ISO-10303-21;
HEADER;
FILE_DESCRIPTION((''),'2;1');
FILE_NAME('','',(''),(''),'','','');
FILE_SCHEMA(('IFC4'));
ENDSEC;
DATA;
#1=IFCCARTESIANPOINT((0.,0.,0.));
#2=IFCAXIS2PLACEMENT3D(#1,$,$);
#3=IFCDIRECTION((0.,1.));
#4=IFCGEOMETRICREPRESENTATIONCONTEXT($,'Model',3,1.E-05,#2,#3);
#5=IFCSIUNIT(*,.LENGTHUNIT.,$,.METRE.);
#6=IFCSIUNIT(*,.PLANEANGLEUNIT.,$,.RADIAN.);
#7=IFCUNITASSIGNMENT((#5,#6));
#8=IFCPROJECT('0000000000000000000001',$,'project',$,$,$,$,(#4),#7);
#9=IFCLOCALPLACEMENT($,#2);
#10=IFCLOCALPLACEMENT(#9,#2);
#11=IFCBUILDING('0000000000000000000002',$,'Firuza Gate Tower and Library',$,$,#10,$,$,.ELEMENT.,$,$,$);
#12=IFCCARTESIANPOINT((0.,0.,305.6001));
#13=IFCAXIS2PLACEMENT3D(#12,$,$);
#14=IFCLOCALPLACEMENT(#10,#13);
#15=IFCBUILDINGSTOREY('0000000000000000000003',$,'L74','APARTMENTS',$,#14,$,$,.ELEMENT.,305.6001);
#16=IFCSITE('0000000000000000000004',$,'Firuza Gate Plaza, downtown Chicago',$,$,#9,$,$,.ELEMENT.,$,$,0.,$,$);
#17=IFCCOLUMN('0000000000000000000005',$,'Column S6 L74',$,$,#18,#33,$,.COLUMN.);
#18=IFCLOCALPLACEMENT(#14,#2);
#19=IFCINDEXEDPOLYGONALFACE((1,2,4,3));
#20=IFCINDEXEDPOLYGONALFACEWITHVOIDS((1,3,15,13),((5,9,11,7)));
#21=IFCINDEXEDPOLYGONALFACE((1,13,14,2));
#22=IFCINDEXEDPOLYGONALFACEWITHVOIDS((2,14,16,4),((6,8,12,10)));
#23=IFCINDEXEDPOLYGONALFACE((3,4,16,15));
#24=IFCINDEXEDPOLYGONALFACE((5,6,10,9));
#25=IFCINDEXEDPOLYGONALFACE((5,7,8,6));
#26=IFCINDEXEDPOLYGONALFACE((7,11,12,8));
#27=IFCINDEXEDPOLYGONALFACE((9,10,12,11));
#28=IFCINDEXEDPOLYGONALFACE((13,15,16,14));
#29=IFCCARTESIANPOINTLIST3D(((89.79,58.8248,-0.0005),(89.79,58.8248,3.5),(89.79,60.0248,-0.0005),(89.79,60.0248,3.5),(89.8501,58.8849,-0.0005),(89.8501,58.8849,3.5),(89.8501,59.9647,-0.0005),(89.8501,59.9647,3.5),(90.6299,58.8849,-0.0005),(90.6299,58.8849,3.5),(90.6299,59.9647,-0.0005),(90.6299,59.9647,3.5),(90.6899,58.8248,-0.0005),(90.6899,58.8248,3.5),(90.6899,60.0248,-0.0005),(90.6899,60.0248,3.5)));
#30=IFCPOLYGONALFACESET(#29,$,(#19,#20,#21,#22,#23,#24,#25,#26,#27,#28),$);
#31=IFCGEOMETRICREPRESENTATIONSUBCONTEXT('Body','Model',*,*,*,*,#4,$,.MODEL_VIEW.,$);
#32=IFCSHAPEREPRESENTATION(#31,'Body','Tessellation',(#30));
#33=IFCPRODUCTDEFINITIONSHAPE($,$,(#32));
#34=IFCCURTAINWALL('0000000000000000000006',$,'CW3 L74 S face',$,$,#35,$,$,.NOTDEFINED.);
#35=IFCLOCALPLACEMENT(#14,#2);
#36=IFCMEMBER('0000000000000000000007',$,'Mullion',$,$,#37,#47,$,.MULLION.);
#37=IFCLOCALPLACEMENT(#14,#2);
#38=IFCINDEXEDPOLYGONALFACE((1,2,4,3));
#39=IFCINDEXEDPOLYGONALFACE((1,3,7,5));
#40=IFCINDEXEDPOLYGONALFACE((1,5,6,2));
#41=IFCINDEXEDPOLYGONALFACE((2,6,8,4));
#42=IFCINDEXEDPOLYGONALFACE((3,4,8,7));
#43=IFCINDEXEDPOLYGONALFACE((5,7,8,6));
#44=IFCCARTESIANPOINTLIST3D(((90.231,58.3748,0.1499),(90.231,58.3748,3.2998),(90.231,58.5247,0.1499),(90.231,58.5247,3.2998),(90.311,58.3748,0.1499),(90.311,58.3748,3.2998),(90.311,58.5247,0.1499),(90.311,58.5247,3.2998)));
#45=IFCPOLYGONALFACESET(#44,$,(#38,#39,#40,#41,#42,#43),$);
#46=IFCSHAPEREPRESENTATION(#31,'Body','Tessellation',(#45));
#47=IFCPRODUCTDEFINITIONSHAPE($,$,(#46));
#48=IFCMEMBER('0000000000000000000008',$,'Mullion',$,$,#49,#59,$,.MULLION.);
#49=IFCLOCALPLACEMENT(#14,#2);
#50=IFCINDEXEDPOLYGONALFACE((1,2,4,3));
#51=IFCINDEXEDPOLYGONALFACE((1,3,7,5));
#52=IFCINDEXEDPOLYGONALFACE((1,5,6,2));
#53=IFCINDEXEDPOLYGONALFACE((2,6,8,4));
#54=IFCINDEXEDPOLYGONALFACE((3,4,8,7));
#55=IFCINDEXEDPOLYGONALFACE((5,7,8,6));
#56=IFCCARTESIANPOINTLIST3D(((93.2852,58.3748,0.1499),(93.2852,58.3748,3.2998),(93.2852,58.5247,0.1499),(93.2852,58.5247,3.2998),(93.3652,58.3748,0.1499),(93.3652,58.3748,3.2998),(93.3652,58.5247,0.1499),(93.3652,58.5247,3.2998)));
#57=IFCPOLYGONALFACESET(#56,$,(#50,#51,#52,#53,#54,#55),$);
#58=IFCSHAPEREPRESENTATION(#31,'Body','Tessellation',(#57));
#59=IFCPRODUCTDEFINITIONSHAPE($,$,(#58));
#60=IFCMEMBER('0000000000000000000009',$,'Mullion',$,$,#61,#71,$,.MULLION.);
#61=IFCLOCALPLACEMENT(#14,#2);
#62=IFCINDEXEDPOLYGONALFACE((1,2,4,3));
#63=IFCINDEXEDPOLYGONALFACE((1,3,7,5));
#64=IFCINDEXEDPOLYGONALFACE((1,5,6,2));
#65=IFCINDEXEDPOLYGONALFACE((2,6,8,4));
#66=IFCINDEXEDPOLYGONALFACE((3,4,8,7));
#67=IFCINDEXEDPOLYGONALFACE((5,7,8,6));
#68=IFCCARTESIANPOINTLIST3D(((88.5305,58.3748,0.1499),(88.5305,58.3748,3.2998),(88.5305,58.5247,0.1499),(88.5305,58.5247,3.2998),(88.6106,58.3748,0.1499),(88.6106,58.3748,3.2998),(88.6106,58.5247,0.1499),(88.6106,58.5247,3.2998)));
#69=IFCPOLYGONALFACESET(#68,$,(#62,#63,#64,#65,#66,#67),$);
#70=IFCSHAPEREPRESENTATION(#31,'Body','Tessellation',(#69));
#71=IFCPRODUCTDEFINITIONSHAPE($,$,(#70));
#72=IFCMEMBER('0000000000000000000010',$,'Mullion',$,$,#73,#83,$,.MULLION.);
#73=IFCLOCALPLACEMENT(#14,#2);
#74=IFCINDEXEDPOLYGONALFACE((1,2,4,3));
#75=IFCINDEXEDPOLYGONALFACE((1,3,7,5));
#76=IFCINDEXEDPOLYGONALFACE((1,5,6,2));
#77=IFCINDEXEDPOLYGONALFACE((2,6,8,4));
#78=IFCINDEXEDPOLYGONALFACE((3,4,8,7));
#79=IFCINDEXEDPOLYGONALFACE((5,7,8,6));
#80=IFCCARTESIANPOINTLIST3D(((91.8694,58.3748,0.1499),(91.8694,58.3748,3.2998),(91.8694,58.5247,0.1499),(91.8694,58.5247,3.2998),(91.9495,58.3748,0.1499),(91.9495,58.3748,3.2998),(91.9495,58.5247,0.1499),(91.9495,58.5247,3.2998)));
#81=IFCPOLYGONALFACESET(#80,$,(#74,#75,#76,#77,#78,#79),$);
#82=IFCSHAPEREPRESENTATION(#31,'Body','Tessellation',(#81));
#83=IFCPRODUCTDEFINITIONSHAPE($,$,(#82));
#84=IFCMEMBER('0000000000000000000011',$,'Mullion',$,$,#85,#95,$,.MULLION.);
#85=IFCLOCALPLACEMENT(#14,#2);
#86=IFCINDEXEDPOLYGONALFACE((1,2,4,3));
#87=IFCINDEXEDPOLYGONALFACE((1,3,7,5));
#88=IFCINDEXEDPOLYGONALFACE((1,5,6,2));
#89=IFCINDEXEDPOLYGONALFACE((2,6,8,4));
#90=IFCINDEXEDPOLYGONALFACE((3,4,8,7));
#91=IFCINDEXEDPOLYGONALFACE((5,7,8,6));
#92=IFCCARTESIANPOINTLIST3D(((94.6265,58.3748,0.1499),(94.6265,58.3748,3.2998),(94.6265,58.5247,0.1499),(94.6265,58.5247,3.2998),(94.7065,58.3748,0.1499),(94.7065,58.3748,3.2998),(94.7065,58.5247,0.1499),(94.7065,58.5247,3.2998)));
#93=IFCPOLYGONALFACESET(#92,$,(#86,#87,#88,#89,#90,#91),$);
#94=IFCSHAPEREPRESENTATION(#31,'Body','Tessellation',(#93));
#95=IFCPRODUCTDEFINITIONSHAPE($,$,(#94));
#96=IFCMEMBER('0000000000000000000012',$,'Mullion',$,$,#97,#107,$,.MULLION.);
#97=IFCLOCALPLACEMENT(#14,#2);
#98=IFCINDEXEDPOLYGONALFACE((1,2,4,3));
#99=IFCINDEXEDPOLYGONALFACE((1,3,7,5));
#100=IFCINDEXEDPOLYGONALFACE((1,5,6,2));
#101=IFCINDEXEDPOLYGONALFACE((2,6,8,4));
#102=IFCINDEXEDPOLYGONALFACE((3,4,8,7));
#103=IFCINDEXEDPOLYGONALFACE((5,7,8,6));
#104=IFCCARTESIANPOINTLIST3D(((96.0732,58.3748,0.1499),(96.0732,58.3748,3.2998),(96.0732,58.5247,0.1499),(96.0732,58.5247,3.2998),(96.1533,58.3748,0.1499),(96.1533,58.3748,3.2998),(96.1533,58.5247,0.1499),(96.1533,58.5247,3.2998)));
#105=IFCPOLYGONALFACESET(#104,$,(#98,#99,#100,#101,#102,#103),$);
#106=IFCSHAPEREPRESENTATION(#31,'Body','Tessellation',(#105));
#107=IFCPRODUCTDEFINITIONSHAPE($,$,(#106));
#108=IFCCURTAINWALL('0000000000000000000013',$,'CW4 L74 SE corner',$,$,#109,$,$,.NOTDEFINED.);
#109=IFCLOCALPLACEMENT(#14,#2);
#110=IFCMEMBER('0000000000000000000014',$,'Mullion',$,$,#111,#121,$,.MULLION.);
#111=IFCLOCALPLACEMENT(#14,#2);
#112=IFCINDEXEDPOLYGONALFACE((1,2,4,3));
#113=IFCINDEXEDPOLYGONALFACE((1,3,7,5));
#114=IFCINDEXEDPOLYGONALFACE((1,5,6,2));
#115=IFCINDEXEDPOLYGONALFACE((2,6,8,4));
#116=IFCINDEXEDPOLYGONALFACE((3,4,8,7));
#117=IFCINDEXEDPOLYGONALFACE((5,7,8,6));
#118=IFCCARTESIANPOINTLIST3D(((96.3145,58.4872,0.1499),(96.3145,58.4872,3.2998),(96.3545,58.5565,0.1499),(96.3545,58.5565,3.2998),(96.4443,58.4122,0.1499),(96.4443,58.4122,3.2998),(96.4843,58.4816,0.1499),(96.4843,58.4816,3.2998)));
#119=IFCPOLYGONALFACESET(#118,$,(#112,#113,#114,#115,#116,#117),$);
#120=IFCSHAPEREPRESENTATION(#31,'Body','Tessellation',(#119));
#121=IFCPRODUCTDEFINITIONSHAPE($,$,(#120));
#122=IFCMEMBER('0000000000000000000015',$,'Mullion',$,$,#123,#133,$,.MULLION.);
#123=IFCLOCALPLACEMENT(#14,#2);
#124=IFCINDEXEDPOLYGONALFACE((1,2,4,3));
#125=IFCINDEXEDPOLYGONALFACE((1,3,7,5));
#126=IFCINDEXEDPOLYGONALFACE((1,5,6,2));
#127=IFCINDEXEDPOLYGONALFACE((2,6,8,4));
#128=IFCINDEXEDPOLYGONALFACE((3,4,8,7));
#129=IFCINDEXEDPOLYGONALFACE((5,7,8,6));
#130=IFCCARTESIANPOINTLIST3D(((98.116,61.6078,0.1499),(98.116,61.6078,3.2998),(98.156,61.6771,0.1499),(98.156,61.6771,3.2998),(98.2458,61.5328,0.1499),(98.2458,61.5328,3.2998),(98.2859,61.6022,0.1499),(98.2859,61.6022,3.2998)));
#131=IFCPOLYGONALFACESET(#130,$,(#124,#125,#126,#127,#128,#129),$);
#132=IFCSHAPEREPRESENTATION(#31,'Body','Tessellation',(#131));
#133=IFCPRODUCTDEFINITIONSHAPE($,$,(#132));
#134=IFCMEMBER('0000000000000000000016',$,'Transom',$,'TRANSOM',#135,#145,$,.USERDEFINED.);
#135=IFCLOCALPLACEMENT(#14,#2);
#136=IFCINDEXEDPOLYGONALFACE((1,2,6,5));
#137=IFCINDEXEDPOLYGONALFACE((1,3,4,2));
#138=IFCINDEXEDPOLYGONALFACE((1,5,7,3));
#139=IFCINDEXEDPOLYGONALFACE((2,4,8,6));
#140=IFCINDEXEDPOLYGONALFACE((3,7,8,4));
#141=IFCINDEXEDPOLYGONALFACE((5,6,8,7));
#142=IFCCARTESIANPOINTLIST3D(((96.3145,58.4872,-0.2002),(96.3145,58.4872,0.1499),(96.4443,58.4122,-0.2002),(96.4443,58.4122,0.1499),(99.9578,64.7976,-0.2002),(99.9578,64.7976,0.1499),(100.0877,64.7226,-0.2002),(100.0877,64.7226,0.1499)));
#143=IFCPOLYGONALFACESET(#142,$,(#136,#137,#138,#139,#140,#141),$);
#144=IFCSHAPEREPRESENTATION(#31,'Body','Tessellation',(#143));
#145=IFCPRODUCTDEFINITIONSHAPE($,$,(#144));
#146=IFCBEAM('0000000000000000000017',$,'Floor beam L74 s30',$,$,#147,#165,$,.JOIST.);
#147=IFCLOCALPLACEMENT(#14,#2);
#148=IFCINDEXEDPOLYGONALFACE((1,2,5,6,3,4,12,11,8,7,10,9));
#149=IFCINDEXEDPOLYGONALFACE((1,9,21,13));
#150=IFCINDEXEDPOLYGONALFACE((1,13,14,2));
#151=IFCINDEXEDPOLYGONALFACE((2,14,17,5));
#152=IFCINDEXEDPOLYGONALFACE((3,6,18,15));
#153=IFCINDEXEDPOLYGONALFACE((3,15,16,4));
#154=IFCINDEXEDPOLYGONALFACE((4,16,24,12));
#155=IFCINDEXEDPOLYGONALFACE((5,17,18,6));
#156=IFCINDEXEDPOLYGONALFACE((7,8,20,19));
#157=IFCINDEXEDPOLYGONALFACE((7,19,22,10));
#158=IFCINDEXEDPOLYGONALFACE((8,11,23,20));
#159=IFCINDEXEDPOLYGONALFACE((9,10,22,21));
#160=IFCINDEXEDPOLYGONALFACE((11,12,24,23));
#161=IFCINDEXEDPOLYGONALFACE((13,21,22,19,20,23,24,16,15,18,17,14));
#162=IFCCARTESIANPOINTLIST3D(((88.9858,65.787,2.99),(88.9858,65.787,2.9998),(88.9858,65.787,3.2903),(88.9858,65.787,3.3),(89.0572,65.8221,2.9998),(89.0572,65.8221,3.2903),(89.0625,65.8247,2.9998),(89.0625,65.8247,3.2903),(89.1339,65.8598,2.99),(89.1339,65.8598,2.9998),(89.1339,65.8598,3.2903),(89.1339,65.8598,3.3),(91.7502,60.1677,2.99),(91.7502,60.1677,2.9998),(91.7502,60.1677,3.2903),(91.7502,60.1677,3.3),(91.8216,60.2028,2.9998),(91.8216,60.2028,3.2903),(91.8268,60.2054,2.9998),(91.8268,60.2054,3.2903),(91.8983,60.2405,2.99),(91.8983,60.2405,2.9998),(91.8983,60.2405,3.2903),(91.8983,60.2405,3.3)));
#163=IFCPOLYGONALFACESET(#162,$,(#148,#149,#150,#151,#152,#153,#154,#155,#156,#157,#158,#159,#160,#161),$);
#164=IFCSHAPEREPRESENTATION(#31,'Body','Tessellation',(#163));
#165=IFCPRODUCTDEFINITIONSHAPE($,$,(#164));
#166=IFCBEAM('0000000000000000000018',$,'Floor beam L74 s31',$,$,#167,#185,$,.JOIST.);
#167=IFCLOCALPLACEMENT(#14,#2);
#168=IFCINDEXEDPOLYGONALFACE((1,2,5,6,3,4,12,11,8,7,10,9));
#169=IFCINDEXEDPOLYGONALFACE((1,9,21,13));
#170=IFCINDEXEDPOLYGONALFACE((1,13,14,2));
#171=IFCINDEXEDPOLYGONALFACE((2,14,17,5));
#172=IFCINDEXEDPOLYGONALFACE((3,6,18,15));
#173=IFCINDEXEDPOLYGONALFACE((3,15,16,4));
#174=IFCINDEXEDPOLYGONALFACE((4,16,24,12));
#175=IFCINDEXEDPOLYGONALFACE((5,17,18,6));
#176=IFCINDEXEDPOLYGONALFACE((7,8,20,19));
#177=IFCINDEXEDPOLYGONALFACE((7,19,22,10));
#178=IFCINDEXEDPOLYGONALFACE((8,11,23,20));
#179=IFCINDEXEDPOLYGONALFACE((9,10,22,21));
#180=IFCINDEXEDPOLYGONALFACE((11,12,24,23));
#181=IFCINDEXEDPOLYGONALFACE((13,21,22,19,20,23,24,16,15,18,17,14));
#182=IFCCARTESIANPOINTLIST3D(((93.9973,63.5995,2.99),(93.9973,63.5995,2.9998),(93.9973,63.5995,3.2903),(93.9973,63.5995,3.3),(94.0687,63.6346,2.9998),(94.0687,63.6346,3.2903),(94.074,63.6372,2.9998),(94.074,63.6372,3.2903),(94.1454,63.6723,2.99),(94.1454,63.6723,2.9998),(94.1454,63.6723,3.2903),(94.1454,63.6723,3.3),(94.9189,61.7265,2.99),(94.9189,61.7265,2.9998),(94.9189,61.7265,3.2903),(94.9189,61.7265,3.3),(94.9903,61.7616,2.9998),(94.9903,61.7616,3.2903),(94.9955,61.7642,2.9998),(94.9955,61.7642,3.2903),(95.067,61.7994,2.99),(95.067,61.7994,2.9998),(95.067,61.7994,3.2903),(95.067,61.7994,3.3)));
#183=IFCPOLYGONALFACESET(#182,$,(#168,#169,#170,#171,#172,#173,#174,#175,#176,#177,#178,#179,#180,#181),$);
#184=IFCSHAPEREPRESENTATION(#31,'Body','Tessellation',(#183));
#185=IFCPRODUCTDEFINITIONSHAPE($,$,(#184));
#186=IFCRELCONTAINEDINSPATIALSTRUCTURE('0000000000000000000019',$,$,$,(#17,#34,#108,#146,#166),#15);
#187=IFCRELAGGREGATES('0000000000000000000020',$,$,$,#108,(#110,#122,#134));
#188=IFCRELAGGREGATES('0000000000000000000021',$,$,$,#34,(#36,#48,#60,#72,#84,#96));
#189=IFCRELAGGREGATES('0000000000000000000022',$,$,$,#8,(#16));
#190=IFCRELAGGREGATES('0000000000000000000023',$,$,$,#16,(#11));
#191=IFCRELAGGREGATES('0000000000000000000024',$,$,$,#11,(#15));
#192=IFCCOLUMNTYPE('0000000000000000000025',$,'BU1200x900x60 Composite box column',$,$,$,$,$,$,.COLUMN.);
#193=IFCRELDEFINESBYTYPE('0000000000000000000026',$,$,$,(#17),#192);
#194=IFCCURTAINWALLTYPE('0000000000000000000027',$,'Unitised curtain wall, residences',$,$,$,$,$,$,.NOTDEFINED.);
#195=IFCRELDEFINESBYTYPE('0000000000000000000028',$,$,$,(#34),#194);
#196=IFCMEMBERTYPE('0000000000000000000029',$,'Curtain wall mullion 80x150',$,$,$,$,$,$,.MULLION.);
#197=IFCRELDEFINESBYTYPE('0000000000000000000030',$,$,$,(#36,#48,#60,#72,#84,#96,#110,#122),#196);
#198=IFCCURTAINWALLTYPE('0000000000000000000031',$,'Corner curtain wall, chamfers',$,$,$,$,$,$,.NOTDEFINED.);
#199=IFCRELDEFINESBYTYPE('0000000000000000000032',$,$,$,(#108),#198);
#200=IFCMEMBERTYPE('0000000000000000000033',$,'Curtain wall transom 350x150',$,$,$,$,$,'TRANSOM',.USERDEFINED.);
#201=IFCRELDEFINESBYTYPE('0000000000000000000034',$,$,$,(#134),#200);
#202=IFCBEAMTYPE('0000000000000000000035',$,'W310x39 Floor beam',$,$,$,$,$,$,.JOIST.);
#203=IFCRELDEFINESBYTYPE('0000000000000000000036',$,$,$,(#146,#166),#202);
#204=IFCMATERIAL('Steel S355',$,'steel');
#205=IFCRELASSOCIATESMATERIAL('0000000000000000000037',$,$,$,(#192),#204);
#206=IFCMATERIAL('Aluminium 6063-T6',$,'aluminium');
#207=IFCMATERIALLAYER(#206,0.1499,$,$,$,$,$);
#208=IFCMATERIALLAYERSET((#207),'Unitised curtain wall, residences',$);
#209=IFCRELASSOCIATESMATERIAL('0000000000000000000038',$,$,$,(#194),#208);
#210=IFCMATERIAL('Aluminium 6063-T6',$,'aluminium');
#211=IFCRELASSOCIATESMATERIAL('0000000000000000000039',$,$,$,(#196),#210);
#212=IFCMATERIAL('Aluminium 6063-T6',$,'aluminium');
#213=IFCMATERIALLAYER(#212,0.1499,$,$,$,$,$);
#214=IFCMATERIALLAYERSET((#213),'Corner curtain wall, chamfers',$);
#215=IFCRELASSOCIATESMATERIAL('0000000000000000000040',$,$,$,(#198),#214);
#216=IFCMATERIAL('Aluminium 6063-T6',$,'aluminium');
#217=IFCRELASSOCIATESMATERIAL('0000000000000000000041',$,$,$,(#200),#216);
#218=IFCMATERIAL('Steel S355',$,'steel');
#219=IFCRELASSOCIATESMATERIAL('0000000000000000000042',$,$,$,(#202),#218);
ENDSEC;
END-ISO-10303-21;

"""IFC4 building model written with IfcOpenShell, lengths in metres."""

from ifc_helpers import new_model, si_unit, direction, frame, origin, origin_2d, place, context, subcontext, project, spatial, rectangle, hollow_rectangle, i_section, extrude, material, layer, layer_set, material_profile, profile_set, type_object, element, aggregate, save


model = new_model("IFC4")

# Units and contexts
model_context = context("Model", 3, precision=1e-05, world=origin(), true_north=direction((0.0, 1.0)))
body_context = subcontext(model_context, "Body", "Model", "MODEL_VIEW")
ifc_project = project(units=[si_unit("LENGTHUNIT", "METRE"), si_unit("PLANEANGLEUNIT", "RADIAN")], contexts=[model_context])

# Site, building, storey
site_placement = place(None, origin())
site = spatial("IfcSite", under=ifc_project, at=site_placement, Name="Firuza Gate Plaza, downtown Chicago", CompositionType="ELEMENT", RefElevation=0.0)
building_placement = place(site_placement, origin())
building = spatial("IfcBuilding", under=site, at=building_placement, Name="Firuza Gate Tower and Library", CompositionType="ELEMENT")
storey_placement = place(building_placement, frame((0.0, 0.0, 305.6001)))
storey = spatial("IfcBuildingStorey", under=building, at=storey_placement, Name="L74", Description="APARTMENTS", CompositionType="ELEMENT", Elevation=305.6001)

# Column
ifc_material_1 = material(Name="Steel S355", Category="steel")
ifc_material_profile_1 = material_profile(ifc_material_1, hollow_rectangle(XDim=0.8999, YDim=1.2, WallThickness=0.0601, at=origin_2d()))
ifc_profile_set_1 = profile_set([ifc_material_profile_1], Name="Steel S355")
column_type = type_object("IfcColumnType", Name="BU1200x900x60 Composite box column", PredefinedType="COLUMN", material=ifc_profile_set_1)
column_placement = place(storey_placement, frame((90.24, 59.4248, -0.0005), z_axis=(0.0, 0.0, 1.0), x_axis=(1.0, 0.0, 0.0)))
element("IfcColumn", 1, at=column_placement, inside=storey, type_object=column_type, Name="Column S6 L74", PredefinedType="COLUMN", context=body_context, shape_type="SweptSolid", body=[
    extrude(hollow_rectangle(XDim=0.8999, YDim=1.2, WallThickness=0.0601, at=origin_2d()), origin(), (0.0, 0.0, 1.0), 3.5005),
])

# Curtain walls, members
ifc_material_2 = material(Name="Aluminium 6063-T6", Category="aluminium")
ifc_layer_1 = layer(ifc_material_2, 0.1499)
ifc_layer_set_1 = layer_set([ifc_layer_1], Name="Unitised curtain wall, residences")
curtain_wall_type_1 = type_object("IfcCurtainWallType", Name="Unitised curtain wall, residences", PredefinedType="NOTDEFINED", material=ifc_layer_set_1)
placement = place(storey_placement, origin())
curtain_wall_1 = element("IfcCurtainWall", 2, at=placement, inside=storey, type_object=curtain_wall_type_1, Name="CW3 L74 S face", PredefinedType="NOTDEFINED")
ifc_material_3 = material(Name="Aluminium 6063-T6", Category="aluminium")
ifc_material_profile_2 = material_profile(ifc_material_3, rectangle(XDim=0.1499, YDim=0.0801, at=origin_2d()))
ifc_profile_set_2 = profile_set([ifc_material_profile_2], Name="Aluminium 6063-T6")
member_type_1 = type_object("IfcMemberType", Name="Curtain wall mullion 80x150", PredefinedType="MULLION", material=ifc_profile_set_2)
member_1_placement = place(storey_placement, frame((90.271, 58.4497, 0.1499), z_axis=(0.0, 0.0, 1.0), x_axis=(0.0, 1.0, 0.0)))
member_1 = element("IfcMember", 3, at=member_1_placement, type_object=member_type_1, Name="Mullion", PredefinedType="MULLION", context=body_context, shape_type="SweptSolid", body=[
    extrude(rectangle(XDim=0.1499, YDim=0.0801, at=origin_2d()), origin(), (0.0, 0.0, 1.0), 3.1499),
])
member_2_placement = place(storey_placement, frame((93.3252, 58.4497, 0.1499), z_axis=(0.0, 0.0, 1.0), x_axis=(0.0, 1.0, 0.0)))
member_2 = element("IfcMember", 4, at=member_2_placement, type_object=member_type_1, Name="Mullion", PredefinedType="MULLION", context=body_context, shape_type="SweptSolid", body=[
    extrude(rectangle(XDim=0.1499, YDim=0.0801, at=origin_2d()), origin(), (0.0, 0.0, 1.0), 3.1499),
])
member_3_placement = place(storey_placement, frame((88.5706, 58.4497, 0.1499), z_axis=(0.0, 0.0, 1.0), x_axis=(0.0, 1.0, 0.0)))
member_3 = element("IfcMember", 5, at=member_3_placement, type_object=member_type_1, Name="Mullion", PredefinedType="MULLION", context=body_context, shape_type="SweptSolid", body=[
    extrude(rectangle(XDim=0.1499, YDim=0.0801, at=origin_2d()), origin(), (0.0, 0.0, 1.0), 3.1499),
])
member_4_placement = place(storey_placement, frame((91.9094, 58.4497, 0.1499), z_axis=(0.0, 0.0, 1.0), x_axis=(0.0, 1.0, 0.0)))
member_4 = element("IfcMember", 6, at=member_4_placement, type_object=member_type_1, Name="Mullion", PredefinedType="MULLION", context=body_context, shape_type="SweptSolid", body=[
    extrude(rectangle(XDim=0.1499, YDim=0.0801, at=origin_2d()), origin(), (0.0, 0.0, 1.0), 3.1499),
])
member_5_placement = place(storey_placement, frame((94.6665, 58.4497, 0.1499), z_axis=(0.0, 0.0, 1.0), x_axis=(0.0, 1.0, 0.0)))
member_5 = element("IfcMember", 7, at=member_5_placement, type_object=member_type_1, Name="Mullion", PredefinedType="MULLION", context=body_context, shape_type="SweptSolid", body=[
    extrude(rectangle(XDim=0.1499, YDim=0.0801, at=origin_2d()), origin(), (0.0, 0.0, 1.0), 3.1499),
])
member_6_placement = place(storey_placement, frame((96.1133, 58.4497, 0.1499), z_axis=(0.0, 0.0, 1.0), x_axis=(0.0, 1.0, 0.0)))
member_6 = element("IfcMember", 8, at=member_6_placement, type_object=member_type_1, Name="Mullion", PredefinedType="MULLION", context=body_context, shape_type="SweptSolid", body=[
    extrude(rectangle(XDim=0.1499, YDim=0.0801, at=origin_2d()), origin(), (0.0, 0.0, 1.0), 3.1499),
])
ifc_material_4 = material(Name="Aluminium 6063-T6", Category="aluminium")
ifc_layer_2 = layer(ifc_material_4, 0.1499)
ifc_layer_set_2 = layer_set([ifc_layer_2], Name="Corner curtain wall, chamfers")
curtain_wall_type_2 = type_object("IfcCurtainWallType", Name="Corner curtain wall, chamfers", PredefinedType="NOTDEFINED", material=ifc_layer_set_2)
curtain_wall_2 = element("IfcCurtainWall", 9, at=placement, inside=storey, type_object=curtain_wall_type_2, Name="CW4 L74 SE corner", PredefinedType="NOTDEFINED")
member_7_placement = place(storey_placement, frame((96.3994, 58.4844, 0.1499), z_axis=(0.0, 0.0, 1.0), x_axis=(-0.866025, 0.5, 0.0)))
member_7 = element("IfcMember", 10, at=member_7_placement, type_object=member_type_1, Name="Mullion", PredefinedType="MULLION", context=body_context, shape_type="SweptSolid", body=[
    extrude(rectangle(XDim=0.1499, YDim=0.0801, at=origin_2d()), origin(), (0.0, 0.0, 1.0), 3.1499),
])
member_8_placement = place(storey_placement, frame((98.2009, 61.605, 0.1499), z_axis=(0.0, 0.0, 1.0), x_axis=(-0.866025, 0.5, 0.0)))
member_8 = element("IfcMember", 11, at=member_8_placement, type_object=member_type_1, Name="Mullion", PredefinedType="MULLION", context=body_context, shape_type="SweptSolid", body=[
    extrude(rectangle(XDim=0.1499, YDim=0.0801, at=origin_2d()), origin(), (0.0, 0.0, 1.0), 3.1499),
])
ifc_material_5 = material(Name="Aluminium 6063-T6", Category="aluminium")
ifc_material_profile_3 = material_profile(ifc_material_5, rectangle(XDim=0.1499, YDim=0.3501, at=origin_2d()))
ifc_profile_set_3 = profile_set([ifc_material_profile_3], Name="Aluminium 6063-T6")
member_type_2 = type_object("IfcMemberType", Name="Curtain wall transom 350x150", ElementType="TRANSOM", PredefinedType="USERDEFINED", material=ifc_profile_set_3)
member_9_placement = place(storey_placement, frame((96.3794, 58.4497, -0.0251), z_axis=(0.500006, 0.866022, 0.0), x_axis=(-0.866022, 0.500006, 0.0)))
member_9 = element("IfcMember", 12, at=member_9_placement, type_object=member_type_2, Name="Transom", ObjectType="TRANSOM", PredefinedType="USERDEFINED", context=body_context, shape_type="SweptSolid", body=[
    extrude(rectangle(XDim=0.1499, YDim=0.3501, at=origin_2d()), origin(), (0.0, 0.0, 1.0), 7.2866),
])

# Beams
ifc_material_6 = material(Name="Steel S355", Category="steel")
ifc_material_profile_4 = material_profile(ifc_material_6, i_section(OverallWidth=0.165, OverallDepth=0.3101, WebThickness=0.0059, FlangeThickness=0.0098, at=origin_2d()))
ifc_profile_set_4 = profile_set([ifc_material_profile_4], Name="Steel S355")
beam_type_1 = type_object("IfcBeamType", Name="W310x39 Floor beam", PredefinedType="JOIST", material=ifc_profile_set_4)
beam_1_placement = place(storey_placement, frame((91.8242, 60.2041, 3.145), z_axis=(-0.441419, 0.897301, 0.0), x_axis=(-0.897301, -0.441419, 0.0)))
element("IfcBeam", 13, at=beam_1_placement, inside=storey, type_object=beam_type_1, Name="Floor beam L74 s30", PredefinedType="JOIST", context=body_context, shape_type="SweptSolid", body=[
    extrude(i_section(OverallWidth=0.165, OverallDepth=0.3101, WebThickness=0.0059, FlangeThickness=0.0098, at=origin_2d()), origin(), (0.0, 0.0, 1.0), 6.2625),
])
beam_2_placement = place(storey_placement, frame((94.9929, 61.7629, 3.145), z_axis=(-0.441497, 0.897263, 0.0), x_axis=(-0.897263, -0.441497, 0.0)))
element("IfcBeam", 14, at=beam_2_placement, inside=storey, type_object=beam_type_1, Name="Floor beam L74 s31", PredefinedType="JOIST", context=body_context, shape_type="SweptSolid", body=[
    extrude(i_section(OverallWidth=0.165, OverallDepth=0.3101, WebThickness=0.0059, FlangeThickness=0.0098, at=origin_2d()), origin(), (0.0, 0.0, 1.0), 2.0874),
])

aggregate(curtain_wall_2, [member_7, member_8, member_9])
aggregate(curtain_wall_1, [member_1, member_2, member_3, member_4, member_5, member_6])

save(model, "model.ifc")
